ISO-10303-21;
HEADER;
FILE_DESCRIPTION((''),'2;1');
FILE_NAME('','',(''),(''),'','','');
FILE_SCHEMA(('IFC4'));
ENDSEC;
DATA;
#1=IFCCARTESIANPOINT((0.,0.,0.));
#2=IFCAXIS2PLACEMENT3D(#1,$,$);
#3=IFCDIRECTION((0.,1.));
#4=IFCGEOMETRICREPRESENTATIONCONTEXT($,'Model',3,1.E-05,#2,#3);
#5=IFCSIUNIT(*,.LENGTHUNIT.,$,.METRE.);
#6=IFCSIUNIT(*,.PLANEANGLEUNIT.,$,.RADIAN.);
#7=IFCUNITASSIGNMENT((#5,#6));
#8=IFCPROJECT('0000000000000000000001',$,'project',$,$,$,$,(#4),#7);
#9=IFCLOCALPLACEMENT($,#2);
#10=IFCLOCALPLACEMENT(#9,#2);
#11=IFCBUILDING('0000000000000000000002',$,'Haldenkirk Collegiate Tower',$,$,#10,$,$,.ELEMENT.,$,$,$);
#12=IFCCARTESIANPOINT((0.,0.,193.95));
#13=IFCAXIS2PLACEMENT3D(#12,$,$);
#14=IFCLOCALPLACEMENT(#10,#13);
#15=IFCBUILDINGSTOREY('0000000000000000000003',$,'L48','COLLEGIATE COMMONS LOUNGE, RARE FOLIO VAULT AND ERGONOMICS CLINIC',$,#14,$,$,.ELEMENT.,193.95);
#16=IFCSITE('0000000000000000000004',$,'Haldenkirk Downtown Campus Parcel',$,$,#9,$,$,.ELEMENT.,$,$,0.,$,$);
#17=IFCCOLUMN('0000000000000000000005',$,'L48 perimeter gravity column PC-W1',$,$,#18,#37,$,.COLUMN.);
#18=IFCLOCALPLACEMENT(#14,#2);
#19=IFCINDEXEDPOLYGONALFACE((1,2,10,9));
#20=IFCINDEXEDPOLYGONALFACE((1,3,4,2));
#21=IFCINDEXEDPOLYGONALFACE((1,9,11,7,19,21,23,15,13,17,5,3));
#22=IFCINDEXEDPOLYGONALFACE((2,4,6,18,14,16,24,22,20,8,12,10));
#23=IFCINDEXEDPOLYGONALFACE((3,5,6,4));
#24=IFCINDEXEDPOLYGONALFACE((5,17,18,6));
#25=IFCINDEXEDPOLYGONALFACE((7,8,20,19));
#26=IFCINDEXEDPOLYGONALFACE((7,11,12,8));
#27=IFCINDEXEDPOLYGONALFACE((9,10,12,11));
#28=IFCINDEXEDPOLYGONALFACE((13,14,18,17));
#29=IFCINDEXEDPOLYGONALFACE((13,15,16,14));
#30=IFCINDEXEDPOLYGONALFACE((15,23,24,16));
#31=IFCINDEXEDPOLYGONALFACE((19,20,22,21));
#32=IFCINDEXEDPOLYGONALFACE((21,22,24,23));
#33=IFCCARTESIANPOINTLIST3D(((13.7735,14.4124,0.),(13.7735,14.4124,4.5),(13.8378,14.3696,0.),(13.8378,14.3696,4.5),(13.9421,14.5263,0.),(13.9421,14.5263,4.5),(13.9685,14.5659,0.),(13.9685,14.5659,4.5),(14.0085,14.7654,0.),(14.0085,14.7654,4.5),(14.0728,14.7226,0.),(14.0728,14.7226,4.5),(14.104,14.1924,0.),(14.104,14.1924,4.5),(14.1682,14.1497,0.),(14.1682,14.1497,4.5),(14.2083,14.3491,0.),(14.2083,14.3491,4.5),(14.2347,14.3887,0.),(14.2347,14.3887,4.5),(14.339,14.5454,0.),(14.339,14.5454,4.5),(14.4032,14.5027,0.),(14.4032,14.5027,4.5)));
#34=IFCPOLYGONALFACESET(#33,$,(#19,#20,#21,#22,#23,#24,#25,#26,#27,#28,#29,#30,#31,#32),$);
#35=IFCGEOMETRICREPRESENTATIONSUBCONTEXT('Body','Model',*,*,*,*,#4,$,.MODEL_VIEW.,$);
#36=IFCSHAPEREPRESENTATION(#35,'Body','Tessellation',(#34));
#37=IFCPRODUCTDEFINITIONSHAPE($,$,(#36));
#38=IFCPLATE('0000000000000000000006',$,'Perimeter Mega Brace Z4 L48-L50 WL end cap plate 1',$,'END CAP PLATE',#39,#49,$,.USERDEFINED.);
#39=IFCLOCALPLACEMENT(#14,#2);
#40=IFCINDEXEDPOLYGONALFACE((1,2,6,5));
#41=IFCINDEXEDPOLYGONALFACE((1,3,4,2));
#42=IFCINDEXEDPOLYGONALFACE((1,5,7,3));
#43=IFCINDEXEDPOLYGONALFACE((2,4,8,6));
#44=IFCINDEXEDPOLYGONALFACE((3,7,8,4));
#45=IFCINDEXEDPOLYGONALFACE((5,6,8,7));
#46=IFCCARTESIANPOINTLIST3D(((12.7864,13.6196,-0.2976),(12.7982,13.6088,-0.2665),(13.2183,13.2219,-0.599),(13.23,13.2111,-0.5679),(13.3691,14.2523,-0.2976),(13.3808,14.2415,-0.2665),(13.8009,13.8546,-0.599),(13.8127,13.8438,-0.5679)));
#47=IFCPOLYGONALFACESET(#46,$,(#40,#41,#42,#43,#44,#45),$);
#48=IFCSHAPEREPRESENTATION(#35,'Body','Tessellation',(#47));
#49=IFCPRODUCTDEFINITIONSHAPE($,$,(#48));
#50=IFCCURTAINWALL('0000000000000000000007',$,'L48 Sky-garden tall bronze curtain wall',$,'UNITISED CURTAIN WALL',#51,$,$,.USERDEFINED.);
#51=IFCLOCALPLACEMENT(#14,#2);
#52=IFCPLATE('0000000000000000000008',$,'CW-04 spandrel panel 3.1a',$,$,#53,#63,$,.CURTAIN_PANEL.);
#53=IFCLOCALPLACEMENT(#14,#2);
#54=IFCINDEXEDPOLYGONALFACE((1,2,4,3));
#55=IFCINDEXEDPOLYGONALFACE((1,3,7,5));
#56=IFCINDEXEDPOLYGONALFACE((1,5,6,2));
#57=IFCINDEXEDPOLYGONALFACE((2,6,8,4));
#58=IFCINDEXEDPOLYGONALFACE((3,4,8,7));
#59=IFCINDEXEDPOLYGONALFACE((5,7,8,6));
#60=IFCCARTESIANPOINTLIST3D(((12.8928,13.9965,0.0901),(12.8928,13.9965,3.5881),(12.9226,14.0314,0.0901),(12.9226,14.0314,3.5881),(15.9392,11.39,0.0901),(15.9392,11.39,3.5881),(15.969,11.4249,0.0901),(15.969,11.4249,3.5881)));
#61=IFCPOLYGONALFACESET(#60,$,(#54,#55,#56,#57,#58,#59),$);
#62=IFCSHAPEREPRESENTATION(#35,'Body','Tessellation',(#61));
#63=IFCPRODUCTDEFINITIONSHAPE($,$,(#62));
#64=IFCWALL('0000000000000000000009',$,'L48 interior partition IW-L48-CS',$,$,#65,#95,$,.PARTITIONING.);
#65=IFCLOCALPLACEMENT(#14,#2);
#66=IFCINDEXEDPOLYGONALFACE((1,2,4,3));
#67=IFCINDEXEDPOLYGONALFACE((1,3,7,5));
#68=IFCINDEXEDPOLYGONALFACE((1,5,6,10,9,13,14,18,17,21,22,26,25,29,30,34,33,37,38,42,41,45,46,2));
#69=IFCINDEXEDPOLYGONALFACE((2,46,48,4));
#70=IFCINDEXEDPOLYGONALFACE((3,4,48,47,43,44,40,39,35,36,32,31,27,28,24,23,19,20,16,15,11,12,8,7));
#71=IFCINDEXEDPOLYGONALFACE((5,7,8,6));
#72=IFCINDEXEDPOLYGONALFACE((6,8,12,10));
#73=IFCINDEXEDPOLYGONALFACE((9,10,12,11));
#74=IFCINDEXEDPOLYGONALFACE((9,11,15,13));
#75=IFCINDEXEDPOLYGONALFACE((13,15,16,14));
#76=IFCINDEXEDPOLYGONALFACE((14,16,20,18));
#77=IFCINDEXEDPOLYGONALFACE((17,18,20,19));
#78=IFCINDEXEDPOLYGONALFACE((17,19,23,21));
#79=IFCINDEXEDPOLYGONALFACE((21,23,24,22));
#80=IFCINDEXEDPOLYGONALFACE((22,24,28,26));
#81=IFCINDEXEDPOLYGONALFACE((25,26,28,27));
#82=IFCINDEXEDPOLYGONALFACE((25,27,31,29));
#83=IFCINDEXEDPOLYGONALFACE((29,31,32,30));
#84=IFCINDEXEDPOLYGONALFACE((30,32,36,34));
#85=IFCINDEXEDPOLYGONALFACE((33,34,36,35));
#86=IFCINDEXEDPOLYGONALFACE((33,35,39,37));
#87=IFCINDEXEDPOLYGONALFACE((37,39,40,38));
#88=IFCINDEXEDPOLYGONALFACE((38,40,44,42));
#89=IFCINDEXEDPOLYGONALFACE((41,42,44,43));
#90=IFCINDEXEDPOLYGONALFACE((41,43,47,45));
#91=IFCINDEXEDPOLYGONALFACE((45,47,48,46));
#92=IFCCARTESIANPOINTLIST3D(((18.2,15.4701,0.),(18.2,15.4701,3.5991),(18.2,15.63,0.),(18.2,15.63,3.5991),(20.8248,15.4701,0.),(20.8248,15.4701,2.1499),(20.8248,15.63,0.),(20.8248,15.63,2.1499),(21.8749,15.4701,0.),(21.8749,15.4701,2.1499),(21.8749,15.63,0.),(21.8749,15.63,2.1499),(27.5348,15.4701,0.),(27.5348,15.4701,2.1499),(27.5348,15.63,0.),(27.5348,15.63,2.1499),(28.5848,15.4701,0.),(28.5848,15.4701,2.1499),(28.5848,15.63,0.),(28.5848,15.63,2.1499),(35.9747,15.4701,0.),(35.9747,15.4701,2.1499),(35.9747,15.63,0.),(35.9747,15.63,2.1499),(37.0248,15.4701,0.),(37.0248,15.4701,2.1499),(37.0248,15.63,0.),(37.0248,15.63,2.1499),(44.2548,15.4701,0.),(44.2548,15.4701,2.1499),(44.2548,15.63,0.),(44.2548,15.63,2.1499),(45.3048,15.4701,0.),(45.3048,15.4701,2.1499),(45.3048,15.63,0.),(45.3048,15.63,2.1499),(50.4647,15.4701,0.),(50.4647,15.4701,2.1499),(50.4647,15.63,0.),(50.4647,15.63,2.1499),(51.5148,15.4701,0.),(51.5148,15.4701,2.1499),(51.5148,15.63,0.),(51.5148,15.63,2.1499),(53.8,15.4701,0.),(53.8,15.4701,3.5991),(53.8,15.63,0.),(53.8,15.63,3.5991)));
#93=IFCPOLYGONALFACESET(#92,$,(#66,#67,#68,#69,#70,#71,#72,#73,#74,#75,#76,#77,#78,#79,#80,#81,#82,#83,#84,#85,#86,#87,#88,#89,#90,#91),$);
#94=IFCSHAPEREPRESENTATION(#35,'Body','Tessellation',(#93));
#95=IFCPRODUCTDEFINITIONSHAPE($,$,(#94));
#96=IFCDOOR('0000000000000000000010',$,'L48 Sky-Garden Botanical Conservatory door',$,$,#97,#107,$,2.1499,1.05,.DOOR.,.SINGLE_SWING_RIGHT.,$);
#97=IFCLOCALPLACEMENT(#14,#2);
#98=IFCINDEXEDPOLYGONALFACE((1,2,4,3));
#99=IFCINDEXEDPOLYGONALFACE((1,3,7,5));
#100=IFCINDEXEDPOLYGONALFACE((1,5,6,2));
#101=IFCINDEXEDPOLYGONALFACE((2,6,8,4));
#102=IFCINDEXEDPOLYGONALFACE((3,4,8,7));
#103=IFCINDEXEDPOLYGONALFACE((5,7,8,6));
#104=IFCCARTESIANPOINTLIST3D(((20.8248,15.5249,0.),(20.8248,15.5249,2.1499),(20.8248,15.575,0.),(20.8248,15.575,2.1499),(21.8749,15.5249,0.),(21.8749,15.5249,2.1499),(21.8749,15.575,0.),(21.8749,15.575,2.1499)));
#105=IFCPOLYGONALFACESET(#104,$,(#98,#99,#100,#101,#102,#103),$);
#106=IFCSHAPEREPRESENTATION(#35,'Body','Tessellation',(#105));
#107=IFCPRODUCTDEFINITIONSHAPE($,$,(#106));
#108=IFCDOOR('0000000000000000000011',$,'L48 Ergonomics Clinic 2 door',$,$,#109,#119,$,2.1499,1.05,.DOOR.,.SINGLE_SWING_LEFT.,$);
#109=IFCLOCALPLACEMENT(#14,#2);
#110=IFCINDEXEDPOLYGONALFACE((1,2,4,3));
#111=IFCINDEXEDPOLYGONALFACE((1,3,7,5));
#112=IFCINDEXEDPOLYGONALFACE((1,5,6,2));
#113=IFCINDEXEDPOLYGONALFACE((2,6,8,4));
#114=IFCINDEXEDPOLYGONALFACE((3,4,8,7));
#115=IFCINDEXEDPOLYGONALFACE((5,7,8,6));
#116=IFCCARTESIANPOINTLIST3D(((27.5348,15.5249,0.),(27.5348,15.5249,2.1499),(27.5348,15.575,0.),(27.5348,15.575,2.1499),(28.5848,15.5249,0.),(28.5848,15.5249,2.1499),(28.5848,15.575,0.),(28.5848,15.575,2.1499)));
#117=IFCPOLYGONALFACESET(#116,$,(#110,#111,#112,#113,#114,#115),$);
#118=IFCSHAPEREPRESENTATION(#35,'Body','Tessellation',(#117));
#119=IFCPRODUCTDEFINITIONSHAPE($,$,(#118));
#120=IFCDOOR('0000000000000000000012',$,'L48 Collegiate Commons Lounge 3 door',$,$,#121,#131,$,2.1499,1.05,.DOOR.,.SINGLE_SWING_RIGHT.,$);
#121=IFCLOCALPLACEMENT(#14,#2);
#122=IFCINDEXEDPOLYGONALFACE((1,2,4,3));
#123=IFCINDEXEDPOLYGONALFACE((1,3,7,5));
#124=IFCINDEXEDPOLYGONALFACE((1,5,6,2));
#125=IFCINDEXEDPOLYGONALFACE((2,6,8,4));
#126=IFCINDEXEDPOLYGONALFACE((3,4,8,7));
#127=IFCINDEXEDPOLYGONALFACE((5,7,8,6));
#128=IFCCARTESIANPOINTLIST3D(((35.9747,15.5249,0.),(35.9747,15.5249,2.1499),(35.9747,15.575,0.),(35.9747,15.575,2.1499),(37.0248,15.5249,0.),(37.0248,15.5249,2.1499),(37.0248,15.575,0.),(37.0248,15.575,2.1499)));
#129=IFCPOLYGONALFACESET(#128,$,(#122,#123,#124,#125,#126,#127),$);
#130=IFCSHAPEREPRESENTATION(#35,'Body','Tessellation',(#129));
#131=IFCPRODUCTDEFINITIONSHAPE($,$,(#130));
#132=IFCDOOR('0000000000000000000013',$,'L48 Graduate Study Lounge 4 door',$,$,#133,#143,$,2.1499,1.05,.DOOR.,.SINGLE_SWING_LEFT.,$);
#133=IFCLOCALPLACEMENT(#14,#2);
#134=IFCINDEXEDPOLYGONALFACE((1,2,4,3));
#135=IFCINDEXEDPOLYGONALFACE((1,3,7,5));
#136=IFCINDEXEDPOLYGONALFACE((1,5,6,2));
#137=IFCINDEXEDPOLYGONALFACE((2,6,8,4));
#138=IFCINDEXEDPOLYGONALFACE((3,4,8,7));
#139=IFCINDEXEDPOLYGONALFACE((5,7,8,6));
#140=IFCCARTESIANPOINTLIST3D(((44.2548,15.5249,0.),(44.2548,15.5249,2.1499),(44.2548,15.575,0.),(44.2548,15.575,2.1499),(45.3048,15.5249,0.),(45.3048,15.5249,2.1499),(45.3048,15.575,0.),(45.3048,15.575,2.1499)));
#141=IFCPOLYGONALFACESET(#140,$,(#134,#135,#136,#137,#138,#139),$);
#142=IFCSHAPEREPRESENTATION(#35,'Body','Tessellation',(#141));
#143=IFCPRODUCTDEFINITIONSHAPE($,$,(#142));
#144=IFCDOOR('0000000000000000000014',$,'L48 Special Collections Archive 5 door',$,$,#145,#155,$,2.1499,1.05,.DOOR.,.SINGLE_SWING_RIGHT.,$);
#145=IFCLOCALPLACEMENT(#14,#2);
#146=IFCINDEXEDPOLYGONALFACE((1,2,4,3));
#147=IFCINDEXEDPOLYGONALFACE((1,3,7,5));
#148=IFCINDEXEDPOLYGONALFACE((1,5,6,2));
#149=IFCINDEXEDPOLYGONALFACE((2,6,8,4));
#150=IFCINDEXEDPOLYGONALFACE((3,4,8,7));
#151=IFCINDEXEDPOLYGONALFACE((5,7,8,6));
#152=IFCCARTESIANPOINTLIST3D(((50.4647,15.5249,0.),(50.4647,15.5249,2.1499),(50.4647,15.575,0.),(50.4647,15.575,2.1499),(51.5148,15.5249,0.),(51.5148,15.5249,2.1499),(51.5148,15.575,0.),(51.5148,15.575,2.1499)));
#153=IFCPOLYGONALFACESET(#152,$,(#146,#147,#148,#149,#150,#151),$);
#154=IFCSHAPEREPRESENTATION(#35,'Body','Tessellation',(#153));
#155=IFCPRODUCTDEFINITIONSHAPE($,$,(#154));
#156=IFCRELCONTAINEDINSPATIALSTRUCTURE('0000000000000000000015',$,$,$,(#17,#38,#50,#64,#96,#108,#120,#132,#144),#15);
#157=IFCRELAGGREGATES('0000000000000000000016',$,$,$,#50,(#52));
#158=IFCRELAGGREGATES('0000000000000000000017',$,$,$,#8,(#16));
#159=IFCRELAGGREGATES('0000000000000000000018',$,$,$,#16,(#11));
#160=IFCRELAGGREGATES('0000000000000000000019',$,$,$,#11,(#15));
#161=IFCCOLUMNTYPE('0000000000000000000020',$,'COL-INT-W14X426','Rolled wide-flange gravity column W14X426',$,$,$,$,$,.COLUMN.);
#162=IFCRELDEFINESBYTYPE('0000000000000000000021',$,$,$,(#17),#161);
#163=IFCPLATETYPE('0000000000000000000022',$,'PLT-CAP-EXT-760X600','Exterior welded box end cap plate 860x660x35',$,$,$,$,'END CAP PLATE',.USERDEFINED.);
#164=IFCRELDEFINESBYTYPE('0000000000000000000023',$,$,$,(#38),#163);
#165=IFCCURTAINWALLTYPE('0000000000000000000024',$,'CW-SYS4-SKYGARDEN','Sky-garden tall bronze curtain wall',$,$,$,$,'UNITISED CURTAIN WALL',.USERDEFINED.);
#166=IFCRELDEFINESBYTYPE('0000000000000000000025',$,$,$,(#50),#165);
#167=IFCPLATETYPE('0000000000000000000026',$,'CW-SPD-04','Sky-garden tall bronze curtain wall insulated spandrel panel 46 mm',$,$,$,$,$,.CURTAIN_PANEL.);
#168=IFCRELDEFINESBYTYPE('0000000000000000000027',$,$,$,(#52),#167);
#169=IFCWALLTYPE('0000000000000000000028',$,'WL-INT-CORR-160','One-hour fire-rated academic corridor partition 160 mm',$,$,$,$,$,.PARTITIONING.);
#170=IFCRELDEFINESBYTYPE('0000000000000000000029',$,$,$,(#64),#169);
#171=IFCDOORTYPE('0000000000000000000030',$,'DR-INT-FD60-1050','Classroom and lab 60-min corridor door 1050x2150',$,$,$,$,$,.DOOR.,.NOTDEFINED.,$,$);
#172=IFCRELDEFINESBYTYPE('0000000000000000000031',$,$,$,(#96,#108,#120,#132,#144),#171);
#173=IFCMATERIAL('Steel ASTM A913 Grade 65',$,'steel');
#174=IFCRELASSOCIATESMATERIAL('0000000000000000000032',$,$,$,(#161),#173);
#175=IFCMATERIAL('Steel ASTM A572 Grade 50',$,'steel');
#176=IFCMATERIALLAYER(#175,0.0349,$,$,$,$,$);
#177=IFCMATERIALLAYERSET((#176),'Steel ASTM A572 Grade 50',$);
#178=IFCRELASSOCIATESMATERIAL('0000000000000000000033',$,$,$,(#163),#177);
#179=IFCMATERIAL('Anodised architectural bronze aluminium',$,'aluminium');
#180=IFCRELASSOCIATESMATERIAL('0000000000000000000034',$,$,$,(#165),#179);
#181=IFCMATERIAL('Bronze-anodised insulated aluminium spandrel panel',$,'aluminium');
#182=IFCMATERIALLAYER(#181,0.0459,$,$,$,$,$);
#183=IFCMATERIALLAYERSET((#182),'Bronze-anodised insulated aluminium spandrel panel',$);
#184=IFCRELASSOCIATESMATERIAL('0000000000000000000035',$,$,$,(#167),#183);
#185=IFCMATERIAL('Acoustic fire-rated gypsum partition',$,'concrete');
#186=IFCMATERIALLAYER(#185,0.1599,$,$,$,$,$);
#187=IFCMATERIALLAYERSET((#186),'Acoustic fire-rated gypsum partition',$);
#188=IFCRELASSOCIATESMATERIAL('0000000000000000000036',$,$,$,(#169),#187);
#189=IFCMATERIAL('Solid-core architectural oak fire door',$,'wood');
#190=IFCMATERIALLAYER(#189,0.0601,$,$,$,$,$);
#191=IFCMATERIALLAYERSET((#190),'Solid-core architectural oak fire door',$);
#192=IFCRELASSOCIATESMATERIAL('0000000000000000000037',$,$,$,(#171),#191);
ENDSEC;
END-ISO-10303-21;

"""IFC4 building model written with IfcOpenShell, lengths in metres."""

from ifc_helpers import new_model, si_unit, direction, frame, frame_2d, origin, origin_2d, place, context, subcontext, project, spatial, rectangle, i_section, extrude, source, transform, mapped, material, layer, layer_set, material_profile, profile_set, type_object, element, fill, aggregate, save


model = new_model("IFC4")

# Units and contexts
model_context = context("Model", 3, precision=1e-05, world=origin(), true_north=direction((0.0, 1.0)))
body_context = subcontext(model_context, "Body", "Model", "MODEL_VIEW")
ifc_project = project(units=[si_unit("LENGTHUNIT", "METRE"), si_unit("PLANEANGLEUNIT", "RADIAN")], contexts=[model_context])

# Site, building, storey
site_placement = place(None, origin())
site = spatial("IfcSite", under=ifc_project, at=site_placement, Name="Haldenkirk Downtown Campus Parcel", CompositionType="ELEMENT", RefElevation=0.0)
building_placement = place(site_placement, origin())
building = spatial("IfcBuilding", under=site, at=building_placement, Name="Haldenkirk Collegiate Tower", CompositionType="ELEMENT")
storey_placement = place(building_placement, frame((0.0, 0.0, 193.95)))
storey = spatial("IfcBuildingStorey", under=building, at=storey_placement, Name="L48", Description="COLLEGIATE COMMONS LOUNGE, RARE FOLIO VAULT AND ERGONOMICS CLINIC", CompositionType="ELEMENT", Elevation=193.95)

# Column
ifc_material_1 = material(Name="Steel ASTM A913 Grade 65", Category="steel")
ifc_material_profile = material_profile(ifc_material_1, i_section(OverallWidth=0.4241, OverallDepth=0.4741, WebThickness=0.0476, FlangeThickness=0.0771, at=origin_2d()), Name="W14X426")
ifc_profile_set = profile_set([ifc_material_profile], Name="Steel ASTM A913 Grade 65")
column_type = type_object("IfcColumnType", Name="COL-INT-W14X426", Description="Rolled wide-flange gravity column W14X426", PredefinedType="COLUMN", material=ifc_profile_set)
column_placement = place(storey_placement, frame((14.0884, 14.4575, 0.0), z_axis=(0.0, 0.0, 1.0), x_axis=(0.554118, 0.832438, 0.0)))
element("IfcColumn", 1, at=column_placement, inside=storey, type_object=column_type, Name="L48 perimeter gravity column PC-W1", PredefinedType="COLUMN", context=body_context, shape_type="SweptSolid", body=[
    extrude(i_section(OverallWidth=0.4241, OverallDepth=0.4741, WebThickness=0.0476, FlangeThickness=0.0771, at=origin_2d()), origin(), (0.0, 0.0, 1.0), 4.5),
])

# Plate
ifc_material_2 = material(Name="Steel ASTM A572 Grade 50", Category="steel")
ifc_layer_1 = layer(ifc_material_2, 0.0349)
ifc_layer_set_1 = layer_set([ifc_layer_1], Name="Steel ASTM A572 Grade 50")
plate_type_1 = type_object("IfcPlateType", Name="PLT-CAP-EXT-760X600", Description="Exterior welded box end cap plate 860x660x35", ElementType="END CAP PLATE", PredefinedType="USERDEFINED", material=ifc_layer_set_1)
shared_shape_1 = source(origin(), body_context, "Body", "SweptSolid", [
    extrude(rectangle(XDim=0.8601, YDim=0.6599, at=origin_2d()), origin(), (0.0, 0.0, 1.0), 0.0349),
])
plate_1_placement = place(storey_placement, frame((13.3054, 13.7263, -0.4172), z_axis=(-0.335976, 0.309383, -0.889608), x_axis=(-0.677395, -0.73562, 0.0)))
element("IfcPlate", 2, at=plate_1_placement, inside=storey, type_object=plate_type_1, Name="Perimeter Mega Brace Z4 L48-L50 WL end cap plate 1", ObjectType="END CAP PLATE", PredefinedType="USERDEFINED", context=body_context, shape_type="MappedRepresentation", body=[
    mapped(shared_shape_1, transform((0.0, 0.0, 0.0), x_axis=(1.0, 0.0, 0.0), y_axis=(0.0, 1.0, 0.0), z_axis=(0.0, 0.0, 1.0), scale=1.0)),
])

# Curtain wall, plate
ifc_material_3 = material(Name="Anodised architectural bronze aluminium", Category="aluminium")
curtain_wall_type = type_object("IfcCurtainWallType", Name="CW-SYS4-SKYGARDEN", Description="Sky-garden tall bronze curtain wall", ElementType="UNITISED CURTAIN WALL", PredefinedType="USERDEFINED", material=ifc_material_3)
curtain_wall_placement = place(storey_placement, origin())
curtain_wall = element("IfcCurtainWall", 3, at=curtain_wall_placement, inside=storey, type_object=curtain_wall_type, Name="L48 Sky-garden tall bronze curtain wall", ObjectType="UNITISED CURTAIN WALL", PredefinedType="USERDEFINED")
ifc_material_4 = material(Name="Bronze-anodised insulated aluminium spandrel panel", Category="aluminium")
ifc_layer_2 = layer(ifc_material_4, 0.0459)
ifc_layer_set_2 = layer_set([ifc_layer_2], Name="Bronze-anodised insulated aluminium spandrel panel")
plate_type_2 = type_object("IfcPlateType", Name="CW-SPD-04", Description="Sky-garden tall bronze curtain wall insulated spandrel panel 46 mm", PredefinedType="CURTAIN_PANEL", material=ifc_layer_set_2)
shared_shape_2 = source(origin(), body_context, "Body", "SweptSolid", [
    extrude(rectangle(XDim=4.0093, YDim=0.0459, at=origin_2d()), origin(), (0.0, 0.0, 1.0), 3.498),
])
plate_2_placement = place(storey_placement, frame((14.4309, 12.7107, 0.0901), z_axis=(0.0, 0.0, 1.0), x_axis=(-0.759837, 0.650113, 0.0)))
plate_2 = element("IfcPlate", 4, at=plate_2_placement, type_object=plate_type_2, Name="CW-04 spandrel panel 3.1a", PredefinedType="CURTAIN_PANEL", context=body_context, shape_type="MappedRepresentation", body=[
    mapped(shared_shape_2, transform((0.0, 0.0, 0.0), x_axis=(1.0, 0.0, 0.0), y_axis=(0.0, 1.0, 0.0), z_axis=(0.0, 0.0, 1.0), scale=1.0)),
])
aggregate(curtain_wall, [plate_2])

# Wall, openings, doors
ifc_material_5 = material(Name="Acoustic fire-rated gypsum partition", Category="concrete")
ifc_layer_3 = layer(ifc_material_5, 0.1599)
ifc_layer_set_3 = layer_set([ifc_layer_3], Name="Acoustic fire-rated gypsum partition")
wall_type_1 = type_object("IfcWallType", Name="WL-INT-CORR-160", Description="One-hour fire-rated academic corridor partition 160 mm", PredefinedType="PARTITIONING", material=ifc_layer_set_3)
wall_1_placement = place(storey_placement, frame((18.2, 15.55, 0.0), z_axis=(0.0, 0.0, 1.0), x_axis=(1.0, 0.0, 0.0)))
wall_1 = element("IfcWall", 5, at=wall_1_placement, inside=storey, type_object=wall_type_1, Name="L48 interior partition IW-L48-CS", PredefinedType="PARTITIONING", context=body_context, shape_type="SweptSolid", body=[
    extrude(rectangle(XDim=35.6001, YDim=0.1599, at=frame_2d((17.8, 0.0))), origin(), (0.0, 0.0, 1.0), 3.5991),
])
opening_1_placement = place(wall_1_placement, frame((2.625, 0.0, 0.0)))
opening_1 = element("IfcOpeningElement", 6, at=opening_1_placement, cuts=wall_1, PredefinedType="OPENING", context=body_context, shape_type="SweptSolid", body=[
    extrude(rectangle(XDim=1.05, YDim=2.1499, at=frame_2d((0.5249, 1.075))), frame((0.0, 0.0898, 0.0), z_axis=(0.0, -1.0, 0.0), x_axis=(1.0, 0.0, 0.0)), (0.0, 0.0, 1.0), 0.1799),
])
opening_2_placement = place(wall_1_placement, frame((9.335, 0.0, 0.0)))
opening_2 = element("IfcOpeningElement", 7, at=opening_2_placement, cuts=wall_1, PredefinedType="OPENING", context=body_context, shape_type="SweptSolid", body=[
    extrude(rectangle(XDim=1.05, YDim=2.1499, at=frame_2d((0.5249, 1.075))), frame((0.0, 0.0898, 0.0), z_axis=(0.0, -1.0, 0.0), x_axis=(1.0, 0.0, 0.0)), (0.0, 0.0, 1.0), 0.1799),
])
opening_3_placement = place(wall_1_placement, frame((17.7749, 0.0, 0.0)))
opening_3 = element("IfcOpeningElement", 8, at=opening_3_placement, cuts=wall_1, PredefinedType="OPENING", context=body_context, shape_type="SweptSolid", body=[
    extrude(rectangle(XDim=1.05, YDim=2.1499, at=frame_2d((0.5249, 1.075))), frame((0.0, 0.0898, 0.0), z_axis=(0.0, -1.0, 0.0), x_axis=(1.0, 0.0, 0.0)), (0.0, 0.0, 1.0), 0.1799),
])
opening_4_placement = place(wall_1_placement, frame((26.0549, 0.0, 0.0)))
opening_4 = element("IfcOpeningElement", 9, at=opening_4_placement, cuts=wall_1, PredefinedType="OPENING", context=body_context, shape_type="SweptSolid", body=[
    extrude(rectangle(XDim=1.05, YDim=2.1499, at=frame_2d((0.5249, 1.075))), frame((0.0, 0.0898, 0.0), z_axis=(0.0, -1.0, 0.0), x_axis=(1.0, 0.0, 0.0)), (0.0, 0.0, 1.0), 0.1799),
])
opening_5_placement = place(wall_1_placement, frame((32.2649, 0.0, 0.0)))
opening_5 = element("IfcOpeningElement", 10, at=opening_5_placement, cuts=wall_1, PredefinedType="OPENING", context=body_context, shape_type="SweptSolid", body=[
    extrude(rectangle(XDim=1.05, YDim=2.1499, at=frame_2d((0.5249, 1.075))), frame((0.0, 0.0898, 0.0), z_axis=(0.0, -1.0, 0.0), x_axis=(1.0, 0.0, 0.0)), (0.0, 0.0, 1.0), 0.1799),
])
ifc_material_6 = material(Name="Solid-core architectural oak fire door", Category="wood")
ifc_layer_4 = layer(ifc_material_6, 0.0601)
ifc_layer_set_4 = layer_set([ifc_layer_4], Name="Solid-core architectural oak fire door")
door_type_1 = type_object("IfcDoorType", Name="DR-INT-FD60-1050", Description="Classroom and lab 60-min corridor door 1050x2150", OperationType="NOTDEFINED", PredefinedType="DOOR", material=ifc_layer_set_4)
door_1_placement = place(opening_1_placement, origin())
door_1 = element("IfcDoor", 11, at=door_1_placement, inside=storey, type_object=door_type_1, Name="L48 Sky-Garden Botanical Conservatory door", OperationType="SINGLE_SWING_RIGHT", OverallHeight=2.1499, OverallWidth=1.05, PredefinedType="DOOR", context=body_context, shape_type="SweptSolid", body=[
    extrude(rectangle(XDim=1.05, YDim=2.1499, at=frame_2d((0.5249, 1.075))), frame((0.0, 0.0249, 0.0), z_axis=(0.0, -1.0, 0.0), x_axis=(1.0, 0.0, 0.0)), (0.0, 0.0, 1.0), 0.05),
])
fill(opening_1, door_1)
door_2_placement = place(opening_2_placement, origin())
door_2 = element("IfcDoor", 12, at=door_2_placement, inside=storey, type_object=door_type_1, Name="L48 Ergonomics Clinic 2 door", OperationType="SINGLE_SWING_LEFT", OverallHeight=2.1499, OverallWidth=1.05, PredefinedType="DOOR", context=body_context, shape_type="SweptSolid", body=[
    extrude(rectangle(XDim=1.05, YDim=2.1499, at=frame_2d((0.5249, 1.075))), frame((0.0, 0.0249, 0.0), z_axis=(0.0, -1.0, 0.0), x_axis=(1.0, 0.0, 0.0)), (0.0, 0.0, 1.0), 0.05),
])
fill(opening_2, door_2)
door_3_placement = place(opening_3_placement, origin())
door_3 = element("IfcDoor", 13, at=door_3_placement, inside=storey, type_object=door_type_1, Name="L48 Collegiate Commons Lounge 3 door", OperationType="SINGLE_SWING_RIGHT", OverallHeight=2.1499, OverallWidth=1.05, PredefinedType="DOOR", context=body_context, shape_type="SweptSolid", body=[
    extrude(rectangle(XDim=1.05, YDim=2.1499, at=frame_2d((0.5249, 1.075))), frame((0.0, 0.0249, 0.0), z_axis=(0.0, -1.0, 0.0), x_axis=(1.0, 0.0, 0.0)), (0.0, 0.0, 1.0), 0.05),
])
fill(opening_3, door_3)
door_4_placement = place(opening_4_placement, origin())
door_4 = element("IfcDoor", 14, at=door_4_placement, inside=storey, type_object=door_type_1, Name="L48 Graduate Study Lounge 4 door", OperationType="SINGLE_SWING_LEFT", OverallHeight=2.1499, OverallWidth=1.05, PredefinedType="DOOR", context=body_context, shape_type="SweptSolid", body=[
    extrude(rectangle(XDim=1.05, YDim=2.1499, at=frame_2d((0.5249, 1.075))), frame((0.0, 0.0249, 0.0), z_axis=(0.0, -1.0, 0.0), x_axis=(1.0, 0.0, 0.0)), (0.0, 0.0, 1.0), 0.05),
])
fill(opening_4, door_4)
door_5_placement = place(opening_5_placement, origin())
door_5 = element("IfcDoor", 15, at=door_5_placement, inside=storey, type_object=door_type_1, Name="L48 Special Collections Archive 5 door", OperationType="SINGLE_SWING_RIGHT", OverallHeight=2.1499, OverallWidth=1.05, PredefinedType="DOOR", context=body_context, shape_type="SweptSolid", body=[
    extrude(rectangle(XDim=1.05, YDim=2.1499, at=frame_2d((0.5249, 1.075))), frame((0.0, 0.0249, 0.0), z_axis=(0.0, -1.0, 0.0), x_axis=(1.0, 0.0, 0.0)), (0.0, 0.0, 1.0), 0.05),
])
fill(opening_5, door_5)

save(model, "model.ifc")
